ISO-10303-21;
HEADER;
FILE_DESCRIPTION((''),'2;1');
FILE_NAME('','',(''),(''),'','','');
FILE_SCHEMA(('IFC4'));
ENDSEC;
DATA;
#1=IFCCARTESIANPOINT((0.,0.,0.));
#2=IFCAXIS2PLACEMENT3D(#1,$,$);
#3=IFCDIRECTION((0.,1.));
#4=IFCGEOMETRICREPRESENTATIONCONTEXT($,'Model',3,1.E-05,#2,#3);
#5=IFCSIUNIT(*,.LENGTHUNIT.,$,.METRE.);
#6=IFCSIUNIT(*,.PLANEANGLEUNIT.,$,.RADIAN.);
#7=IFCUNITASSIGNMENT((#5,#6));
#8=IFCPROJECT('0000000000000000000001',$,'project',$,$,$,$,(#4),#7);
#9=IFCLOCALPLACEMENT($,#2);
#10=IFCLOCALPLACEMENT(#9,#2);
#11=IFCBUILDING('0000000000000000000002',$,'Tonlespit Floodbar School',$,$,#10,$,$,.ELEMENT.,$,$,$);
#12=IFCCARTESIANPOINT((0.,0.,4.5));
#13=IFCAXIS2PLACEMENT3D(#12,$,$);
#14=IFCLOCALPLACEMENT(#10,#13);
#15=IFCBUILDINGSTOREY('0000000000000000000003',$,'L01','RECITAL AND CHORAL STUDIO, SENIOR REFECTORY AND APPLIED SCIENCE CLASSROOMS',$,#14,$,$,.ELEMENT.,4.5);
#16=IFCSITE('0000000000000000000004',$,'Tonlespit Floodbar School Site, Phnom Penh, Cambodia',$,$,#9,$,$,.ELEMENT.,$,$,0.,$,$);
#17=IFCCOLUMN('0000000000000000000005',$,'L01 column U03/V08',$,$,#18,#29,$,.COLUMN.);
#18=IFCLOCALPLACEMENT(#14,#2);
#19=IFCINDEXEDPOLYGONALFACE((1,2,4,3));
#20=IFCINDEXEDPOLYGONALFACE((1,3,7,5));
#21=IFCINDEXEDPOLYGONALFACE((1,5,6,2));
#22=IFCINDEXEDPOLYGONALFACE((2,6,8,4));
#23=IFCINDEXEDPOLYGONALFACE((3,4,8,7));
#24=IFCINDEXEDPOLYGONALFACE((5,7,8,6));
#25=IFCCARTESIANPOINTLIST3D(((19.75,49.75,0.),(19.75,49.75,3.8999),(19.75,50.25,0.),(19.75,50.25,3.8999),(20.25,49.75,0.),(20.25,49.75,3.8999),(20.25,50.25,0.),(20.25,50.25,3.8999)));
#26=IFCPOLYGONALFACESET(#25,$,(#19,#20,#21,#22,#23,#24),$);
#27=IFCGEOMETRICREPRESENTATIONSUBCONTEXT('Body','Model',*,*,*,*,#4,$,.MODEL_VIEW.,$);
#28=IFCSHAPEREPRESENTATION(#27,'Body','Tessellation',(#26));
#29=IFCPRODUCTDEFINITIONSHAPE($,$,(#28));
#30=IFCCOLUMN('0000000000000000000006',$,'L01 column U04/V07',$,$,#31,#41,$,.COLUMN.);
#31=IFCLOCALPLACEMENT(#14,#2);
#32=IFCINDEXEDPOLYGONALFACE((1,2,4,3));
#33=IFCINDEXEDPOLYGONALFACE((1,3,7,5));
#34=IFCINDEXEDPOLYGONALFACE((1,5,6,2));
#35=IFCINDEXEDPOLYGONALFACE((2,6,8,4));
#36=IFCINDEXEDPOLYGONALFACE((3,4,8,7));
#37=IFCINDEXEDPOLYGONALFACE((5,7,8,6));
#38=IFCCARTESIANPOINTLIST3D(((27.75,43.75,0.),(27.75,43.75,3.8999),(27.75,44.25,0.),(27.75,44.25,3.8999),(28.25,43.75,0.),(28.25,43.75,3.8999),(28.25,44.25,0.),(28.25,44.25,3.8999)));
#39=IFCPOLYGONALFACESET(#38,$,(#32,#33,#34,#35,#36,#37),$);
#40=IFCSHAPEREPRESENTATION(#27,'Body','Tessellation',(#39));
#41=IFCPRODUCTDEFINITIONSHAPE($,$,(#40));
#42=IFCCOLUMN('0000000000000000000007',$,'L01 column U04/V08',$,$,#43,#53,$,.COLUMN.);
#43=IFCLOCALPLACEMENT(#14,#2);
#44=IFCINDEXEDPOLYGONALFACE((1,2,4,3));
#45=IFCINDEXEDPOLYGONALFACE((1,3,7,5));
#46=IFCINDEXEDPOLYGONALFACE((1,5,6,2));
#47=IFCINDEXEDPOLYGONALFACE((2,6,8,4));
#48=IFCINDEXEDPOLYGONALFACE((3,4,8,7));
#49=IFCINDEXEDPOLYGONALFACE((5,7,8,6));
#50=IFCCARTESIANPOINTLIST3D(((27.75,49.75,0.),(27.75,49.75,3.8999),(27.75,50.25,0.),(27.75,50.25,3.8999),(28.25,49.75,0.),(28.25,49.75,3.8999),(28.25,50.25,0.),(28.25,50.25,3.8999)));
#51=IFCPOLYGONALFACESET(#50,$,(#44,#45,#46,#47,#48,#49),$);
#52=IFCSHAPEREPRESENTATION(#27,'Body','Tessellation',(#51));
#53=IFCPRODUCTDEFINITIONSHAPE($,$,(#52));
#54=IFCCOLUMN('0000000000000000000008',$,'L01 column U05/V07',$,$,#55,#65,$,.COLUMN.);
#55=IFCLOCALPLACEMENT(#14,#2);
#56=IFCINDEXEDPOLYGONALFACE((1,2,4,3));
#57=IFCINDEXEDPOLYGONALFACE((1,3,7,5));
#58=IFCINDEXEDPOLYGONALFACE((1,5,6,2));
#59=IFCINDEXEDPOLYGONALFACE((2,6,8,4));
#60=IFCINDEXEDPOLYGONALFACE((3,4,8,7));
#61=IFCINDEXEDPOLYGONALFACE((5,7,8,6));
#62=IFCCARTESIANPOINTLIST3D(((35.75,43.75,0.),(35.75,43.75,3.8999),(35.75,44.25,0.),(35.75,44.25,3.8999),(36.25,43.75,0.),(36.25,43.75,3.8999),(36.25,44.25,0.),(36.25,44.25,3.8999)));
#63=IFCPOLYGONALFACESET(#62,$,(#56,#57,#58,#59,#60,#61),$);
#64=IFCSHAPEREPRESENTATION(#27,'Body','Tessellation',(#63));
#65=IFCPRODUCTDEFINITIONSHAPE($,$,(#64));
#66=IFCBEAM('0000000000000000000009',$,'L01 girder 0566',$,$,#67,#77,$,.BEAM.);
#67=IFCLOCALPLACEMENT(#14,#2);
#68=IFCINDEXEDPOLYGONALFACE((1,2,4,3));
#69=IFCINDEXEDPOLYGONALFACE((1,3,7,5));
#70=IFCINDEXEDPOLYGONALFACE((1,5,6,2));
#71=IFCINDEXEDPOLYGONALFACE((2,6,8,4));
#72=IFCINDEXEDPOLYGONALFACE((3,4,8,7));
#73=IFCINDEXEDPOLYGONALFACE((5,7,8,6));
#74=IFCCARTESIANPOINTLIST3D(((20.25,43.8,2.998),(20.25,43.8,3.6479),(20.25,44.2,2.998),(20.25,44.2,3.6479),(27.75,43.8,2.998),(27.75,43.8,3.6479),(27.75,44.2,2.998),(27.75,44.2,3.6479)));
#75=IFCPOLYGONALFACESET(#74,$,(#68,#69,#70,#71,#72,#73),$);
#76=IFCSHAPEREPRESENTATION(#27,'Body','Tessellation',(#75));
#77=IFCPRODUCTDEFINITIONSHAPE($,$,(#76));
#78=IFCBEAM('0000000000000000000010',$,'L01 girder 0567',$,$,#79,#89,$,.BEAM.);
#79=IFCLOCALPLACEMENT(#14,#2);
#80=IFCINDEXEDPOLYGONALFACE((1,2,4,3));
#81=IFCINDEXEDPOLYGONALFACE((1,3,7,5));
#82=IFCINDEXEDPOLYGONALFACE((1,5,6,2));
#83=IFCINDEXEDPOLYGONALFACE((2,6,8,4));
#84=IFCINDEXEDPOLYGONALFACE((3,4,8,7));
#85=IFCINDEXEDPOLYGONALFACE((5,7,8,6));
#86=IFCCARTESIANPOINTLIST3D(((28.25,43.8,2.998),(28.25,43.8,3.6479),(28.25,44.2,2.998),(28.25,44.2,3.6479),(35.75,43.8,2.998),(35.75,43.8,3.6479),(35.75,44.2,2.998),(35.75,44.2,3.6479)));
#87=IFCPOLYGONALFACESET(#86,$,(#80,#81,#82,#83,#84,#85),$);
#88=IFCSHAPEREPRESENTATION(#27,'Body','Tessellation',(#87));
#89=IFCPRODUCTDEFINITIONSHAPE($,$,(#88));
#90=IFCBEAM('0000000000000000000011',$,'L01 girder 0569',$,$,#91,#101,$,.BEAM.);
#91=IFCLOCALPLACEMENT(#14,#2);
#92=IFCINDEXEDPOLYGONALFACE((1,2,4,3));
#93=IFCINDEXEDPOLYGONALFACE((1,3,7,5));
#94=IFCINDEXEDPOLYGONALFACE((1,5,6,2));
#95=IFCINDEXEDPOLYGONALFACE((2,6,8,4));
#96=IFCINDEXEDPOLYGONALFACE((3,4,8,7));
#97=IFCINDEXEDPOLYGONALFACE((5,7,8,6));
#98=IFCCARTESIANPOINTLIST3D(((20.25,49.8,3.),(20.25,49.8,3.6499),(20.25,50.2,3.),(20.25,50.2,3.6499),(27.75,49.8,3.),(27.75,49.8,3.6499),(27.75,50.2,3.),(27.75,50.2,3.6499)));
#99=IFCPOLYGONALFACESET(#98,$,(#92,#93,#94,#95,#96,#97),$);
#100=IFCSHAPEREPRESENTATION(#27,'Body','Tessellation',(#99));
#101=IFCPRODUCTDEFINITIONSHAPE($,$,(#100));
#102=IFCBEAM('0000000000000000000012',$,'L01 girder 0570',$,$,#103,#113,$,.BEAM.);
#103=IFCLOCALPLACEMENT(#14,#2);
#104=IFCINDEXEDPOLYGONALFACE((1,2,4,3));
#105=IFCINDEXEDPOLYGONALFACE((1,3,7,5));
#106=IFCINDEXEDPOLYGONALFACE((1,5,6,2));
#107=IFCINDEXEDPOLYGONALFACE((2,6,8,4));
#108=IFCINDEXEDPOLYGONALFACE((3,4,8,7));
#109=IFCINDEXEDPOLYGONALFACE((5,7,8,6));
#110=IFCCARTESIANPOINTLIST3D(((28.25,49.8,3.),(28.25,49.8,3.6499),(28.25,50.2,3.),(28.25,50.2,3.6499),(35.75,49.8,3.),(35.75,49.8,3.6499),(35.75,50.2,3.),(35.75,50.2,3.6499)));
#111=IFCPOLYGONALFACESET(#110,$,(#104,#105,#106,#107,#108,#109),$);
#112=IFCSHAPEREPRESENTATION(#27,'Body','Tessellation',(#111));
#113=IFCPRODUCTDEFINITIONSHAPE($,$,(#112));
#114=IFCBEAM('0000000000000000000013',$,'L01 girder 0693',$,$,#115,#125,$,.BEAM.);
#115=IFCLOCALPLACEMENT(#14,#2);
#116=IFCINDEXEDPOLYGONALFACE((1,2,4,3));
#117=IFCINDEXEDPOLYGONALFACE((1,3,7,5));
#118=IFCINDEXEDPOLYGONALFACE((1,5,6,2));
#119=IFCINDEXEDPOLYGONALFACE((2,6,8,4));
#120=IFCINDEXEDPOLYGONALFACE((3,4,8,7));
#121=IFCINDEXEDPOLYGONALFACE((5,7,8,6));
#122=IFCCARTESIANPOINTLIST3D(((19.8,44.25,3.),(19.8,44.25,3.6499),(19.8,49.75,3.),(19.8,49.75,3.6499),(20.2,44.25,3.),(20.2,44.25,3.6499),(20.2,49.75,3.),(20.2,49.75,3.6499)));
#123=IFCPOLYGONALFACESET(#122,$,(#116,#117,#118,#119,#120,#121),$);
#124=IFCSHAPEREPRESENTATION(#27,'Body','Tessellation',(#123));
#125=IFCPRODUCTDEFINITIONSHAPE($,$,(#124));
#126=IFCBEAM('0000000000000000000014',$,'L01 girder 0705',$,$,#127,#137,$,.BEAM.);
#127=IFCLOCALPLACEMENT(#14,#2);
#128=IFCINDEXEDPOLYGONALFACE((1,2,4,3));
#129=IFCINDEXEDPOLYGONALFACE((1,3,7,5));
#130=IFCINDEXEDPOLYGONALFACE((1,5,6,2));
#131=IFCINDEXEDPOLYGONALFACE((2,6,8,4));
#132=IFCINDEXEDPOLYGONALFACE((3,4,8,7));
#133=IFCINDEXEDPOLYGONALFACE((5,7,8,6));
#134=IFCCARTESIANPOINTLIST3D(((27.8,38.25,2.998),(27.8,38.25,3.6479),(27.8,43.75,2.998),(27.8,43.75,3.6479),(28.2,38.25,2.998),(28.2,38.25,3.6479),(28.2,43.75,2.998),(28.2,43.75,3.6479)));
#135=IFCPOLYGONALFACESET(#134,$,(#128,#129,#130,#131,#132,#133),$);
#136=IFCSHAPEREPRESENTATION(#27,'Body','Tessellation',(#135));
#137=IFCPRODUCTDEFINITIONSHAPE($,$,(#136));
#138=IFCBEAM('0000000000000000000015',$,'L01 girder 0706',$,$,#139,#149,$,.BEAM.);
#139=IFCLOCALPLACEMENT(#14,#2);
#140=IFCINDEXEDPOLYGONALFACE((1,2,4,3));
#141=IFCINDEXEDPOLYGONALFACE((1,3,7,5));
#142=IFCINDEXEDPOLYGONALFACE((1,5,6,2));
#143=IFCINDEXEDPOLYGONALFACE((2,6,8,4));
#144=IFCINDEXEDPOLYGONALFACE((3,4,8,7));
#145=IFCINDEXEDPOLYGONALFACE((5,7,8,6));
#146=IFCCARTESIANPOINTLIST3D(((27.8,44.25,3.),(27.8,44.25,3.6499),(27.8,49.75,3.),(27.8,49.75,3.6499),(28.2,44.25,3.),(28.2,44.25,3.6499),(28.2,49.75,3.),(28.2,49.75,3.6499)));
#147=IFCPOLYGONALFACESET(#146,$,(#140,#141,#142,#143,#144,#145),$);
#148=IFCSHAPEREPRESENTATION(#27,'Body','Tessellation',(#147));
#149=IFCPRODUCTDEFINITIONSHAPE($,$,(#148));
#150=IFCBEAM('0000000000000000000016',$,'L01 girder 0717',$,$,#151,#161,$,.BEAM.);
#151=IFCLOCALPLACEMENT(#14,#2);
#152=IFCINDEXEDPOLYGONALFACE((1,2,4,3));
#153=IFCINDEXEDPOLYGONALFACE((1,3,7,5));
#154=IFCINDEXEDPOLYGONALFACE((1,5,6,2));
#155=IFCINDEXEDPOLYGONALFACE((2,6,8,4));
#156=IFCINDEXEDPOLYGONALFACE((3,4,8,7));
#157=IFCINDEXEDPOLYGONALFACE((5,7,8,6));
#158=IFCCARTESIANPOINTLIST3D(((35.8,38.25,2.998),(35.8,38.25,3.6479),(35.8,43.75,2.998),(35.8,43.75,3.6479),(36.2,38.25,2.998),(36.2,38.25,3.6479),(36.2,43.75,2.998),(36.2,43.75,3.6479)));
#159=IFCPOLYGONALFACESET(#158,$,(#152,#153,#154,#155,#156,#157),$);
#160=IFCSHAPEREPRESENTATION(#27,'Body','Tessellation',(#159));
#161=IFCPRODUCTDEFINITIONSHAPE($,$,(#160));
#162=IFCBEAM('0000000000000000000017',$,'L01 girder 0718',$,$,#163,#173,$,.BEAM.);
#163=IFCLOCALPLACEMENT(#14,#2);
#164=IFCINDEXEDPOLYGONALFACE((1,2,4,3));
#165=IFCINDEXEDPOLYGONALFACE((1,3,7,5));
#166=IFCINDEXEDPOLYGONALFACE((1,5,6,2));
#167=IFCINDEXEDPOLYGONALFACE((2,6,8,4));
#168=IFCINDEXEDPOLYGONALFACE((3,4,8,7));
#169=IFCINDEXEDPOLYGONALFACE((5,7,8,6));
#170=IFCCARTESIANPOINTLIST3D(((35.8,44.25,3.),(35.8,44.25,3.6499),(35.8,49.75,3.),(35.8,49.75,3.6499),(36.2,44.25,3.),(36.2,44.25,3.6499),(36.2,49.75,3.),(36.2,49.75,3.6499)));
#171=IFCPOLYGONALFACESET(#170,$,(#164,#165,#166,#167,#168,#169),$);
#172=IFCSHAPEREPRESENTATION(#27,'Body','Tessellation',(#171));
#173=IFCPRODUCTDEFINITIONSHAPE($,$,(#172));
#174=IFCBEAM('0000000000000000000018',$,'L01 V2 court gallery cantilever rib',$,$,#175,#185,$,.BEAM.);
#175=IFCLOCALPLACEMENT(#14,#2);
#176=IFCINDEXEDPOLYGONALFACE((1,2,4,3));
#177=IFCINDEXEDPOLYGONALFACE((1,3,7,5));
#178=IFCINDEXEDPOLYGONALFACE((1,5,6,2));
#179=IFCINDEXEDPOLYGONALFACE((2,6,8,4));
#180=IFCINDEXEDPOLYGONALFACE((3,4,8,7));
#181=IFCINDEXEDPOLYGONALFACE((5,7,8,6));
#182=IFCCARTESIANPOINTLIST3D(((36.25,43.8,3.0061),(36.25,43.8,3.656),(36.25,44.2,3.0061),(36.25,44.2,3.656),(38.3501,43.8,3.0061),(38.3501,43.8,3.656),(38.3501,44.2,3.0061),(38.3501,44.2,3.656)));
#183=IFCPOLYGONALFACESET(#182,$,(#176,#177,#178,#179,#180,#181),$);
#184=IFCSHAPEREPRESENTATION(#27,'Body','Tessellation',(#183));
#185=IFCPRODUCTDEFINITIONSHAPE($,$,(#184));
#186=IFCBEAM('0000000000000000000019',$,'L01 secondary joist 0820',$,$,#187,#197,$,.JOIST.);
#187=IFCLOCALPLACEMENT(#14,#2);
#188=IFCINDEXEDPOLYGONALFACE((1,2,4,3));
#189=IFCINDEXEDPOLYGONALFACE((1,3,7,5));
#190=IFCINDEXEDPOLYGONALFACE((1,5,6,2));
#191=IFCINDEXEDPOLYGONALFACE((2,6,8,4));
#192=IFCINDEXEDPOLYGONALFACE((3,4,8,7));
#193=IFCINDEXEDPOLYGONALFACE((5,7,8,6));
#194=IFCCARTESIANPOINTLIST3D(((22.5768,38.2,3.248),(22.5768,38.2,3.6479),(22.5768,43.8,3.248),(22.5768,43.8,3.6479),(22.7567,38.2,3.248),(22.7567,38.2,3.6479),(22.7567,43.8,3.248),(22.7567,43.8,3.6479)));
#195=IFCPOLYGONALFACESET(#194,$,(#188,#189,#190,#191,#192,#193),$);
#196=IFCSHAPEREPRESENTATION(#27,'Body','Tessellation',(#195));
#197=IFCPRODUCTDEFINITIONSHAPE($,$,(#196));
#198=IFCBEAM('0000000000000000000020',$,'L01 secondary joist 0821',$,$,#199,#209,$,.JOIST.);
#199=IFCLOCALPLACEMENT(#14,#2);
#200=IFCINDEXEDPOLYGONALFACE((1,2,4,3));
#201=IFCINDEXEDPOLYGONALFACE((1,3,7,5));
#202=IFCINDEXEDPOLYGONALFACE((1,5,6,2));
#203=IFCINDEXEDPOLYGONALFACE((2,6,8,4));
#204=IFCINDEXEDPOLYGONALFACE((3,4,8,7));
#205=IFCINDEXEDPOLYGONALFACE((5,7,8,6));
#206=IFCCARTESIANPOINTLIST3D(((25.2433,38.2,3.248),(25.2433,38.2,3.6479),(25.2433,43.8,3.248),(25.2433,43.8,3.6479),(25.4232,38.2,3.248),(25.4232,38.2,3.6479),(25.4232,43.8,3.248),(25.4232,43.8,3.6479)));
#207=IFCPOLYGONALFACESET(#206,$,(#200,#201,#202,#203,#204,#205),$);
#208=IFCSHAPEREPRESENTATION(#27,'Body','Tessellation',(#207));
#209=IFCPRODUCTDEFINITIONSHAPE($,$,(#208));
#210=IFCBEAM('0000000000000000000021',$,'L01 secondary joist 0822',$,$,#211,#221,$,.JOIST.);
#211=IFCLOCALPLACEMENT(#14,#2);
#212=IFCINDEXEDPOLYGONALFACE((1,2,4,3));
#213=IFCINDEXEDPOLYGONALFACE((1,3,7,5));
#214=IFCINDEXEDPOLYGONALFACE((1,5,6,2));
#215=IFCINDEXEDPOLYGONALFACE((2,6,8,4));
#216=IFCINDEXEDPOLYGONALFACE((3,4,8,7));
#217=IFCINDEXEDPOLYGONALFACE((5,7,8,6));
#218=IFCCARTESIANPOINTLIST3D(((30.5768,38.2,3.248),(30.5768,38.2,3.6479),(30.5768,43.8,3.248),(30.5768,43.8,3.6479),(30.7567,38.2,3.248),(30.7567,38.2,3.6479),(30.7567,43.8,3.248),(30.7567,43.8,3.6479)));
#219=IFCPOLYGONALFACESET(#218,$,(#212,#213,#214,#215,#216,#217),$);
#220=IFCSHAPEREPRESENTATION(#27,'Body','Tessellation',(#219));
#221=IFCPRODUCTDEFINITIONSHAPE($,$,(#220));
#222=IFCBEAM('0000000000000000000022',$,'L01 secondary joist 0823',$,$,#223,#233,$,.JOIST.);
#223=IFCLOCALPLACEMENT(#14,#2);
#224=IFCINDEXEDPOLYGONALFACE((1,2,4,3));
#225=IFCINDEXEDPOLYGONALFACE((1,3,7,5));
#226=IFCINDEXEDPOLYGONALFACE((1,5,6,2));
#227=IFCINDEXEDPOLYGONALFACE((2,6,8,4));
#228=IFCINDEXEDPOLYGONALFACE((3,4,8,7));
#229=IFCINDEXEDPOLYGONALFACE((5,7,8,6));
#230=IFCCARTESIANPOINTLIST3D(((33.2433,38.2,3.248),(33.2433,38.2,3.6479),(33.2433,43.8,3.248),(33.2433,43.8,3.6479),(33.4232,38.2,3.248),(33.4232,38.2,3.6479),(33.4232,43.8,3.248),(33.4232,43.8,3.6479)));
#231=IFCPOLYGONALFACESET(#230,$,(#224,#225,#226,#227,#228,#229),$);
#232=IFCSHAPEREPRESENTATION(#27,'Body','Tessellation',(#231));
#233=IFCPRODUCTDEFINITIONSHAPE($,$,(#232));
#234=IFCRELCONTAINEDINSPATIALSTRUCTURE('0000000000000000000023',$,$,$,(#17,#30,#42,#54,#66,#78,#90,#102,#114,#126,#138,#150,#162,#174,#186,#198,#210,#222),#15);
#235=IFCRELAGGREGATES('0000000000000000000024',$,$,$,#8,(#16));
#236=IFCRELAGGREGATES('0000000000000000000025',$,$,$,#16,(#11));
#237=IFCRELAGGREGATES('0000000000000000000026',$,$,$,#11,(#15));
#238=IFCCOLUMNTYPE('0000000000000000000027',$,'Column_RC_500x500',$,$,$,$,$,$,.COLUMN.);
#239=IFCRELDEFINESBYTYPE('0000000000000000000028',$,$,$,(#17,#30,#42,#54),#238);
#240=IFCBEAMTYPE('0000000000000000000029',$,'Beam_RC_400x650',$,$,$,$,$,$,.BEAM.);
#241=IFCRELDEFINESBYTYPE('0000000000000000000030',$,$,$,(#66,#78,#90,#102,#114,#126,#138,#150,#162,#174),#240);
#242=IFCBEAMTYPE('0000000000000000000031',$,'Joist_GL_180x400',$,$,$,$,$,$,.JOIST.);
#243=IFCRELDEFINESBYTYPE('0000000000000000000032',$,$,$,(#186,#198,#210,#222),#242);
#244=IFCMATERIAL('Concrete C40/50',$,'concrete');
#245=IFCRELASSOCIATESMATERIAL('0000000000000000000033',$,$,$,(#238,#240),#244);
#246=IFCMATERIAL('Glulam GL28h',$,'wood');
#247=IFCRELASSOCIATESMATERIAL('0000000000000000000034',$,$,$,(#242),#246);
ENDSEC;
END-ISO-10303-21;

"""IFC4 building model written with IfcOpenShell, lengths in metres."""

from ifc_helpers import new_model, si_unit, direction, frame, origin, origin_2d, place, context, subcontext, project, spatial, rectangle, extrude, material, material_profile, profile_set, type_object, element, save


model = new_model("IFC4")

# Units and contexts
model_context = context("Model", 3, precision=1e-05, world=origin(), true_north=direction((0.0, 1.0)))
body_context = subcontext(model_context, "Body", "Model", "MODEL_VIEW")
ifc_project = project(units=[si_unit("LENGTHUNIT", "METRE"), si_unit("PLANEANGLEUNIT", "RADIAN")], contexts=[model_context])

# Site, building, storey
site_placement = place(None, origin())
site = spatial("IfcSite", under=ifc_project, at=site_placement, Name="Tonlespit Floodbar School Site, Phnom Penh, Cambodia", CompositionType="ELEMENT", RefElevation=0.0)
building_placement = place(site_placement, origin())
building = spatial("IfcBuilding", under=site, at=building_placement, Name="Tonlespit Floodbar School", CompositionType="ELEMENT")
storey_placement = place(building_placement, frame((0.0, 0.0, 4.5)))
storey = spatial("IfcBuildingStorey", under=building, at=storey_placement, Name="L01", Description="RECITAL AND CHORAL STUDIO, SENIOR REFECTORY AND APPLIED SCIENCE CLASSROOMS", CompositionType="ELEMENT", Elevation=4.5)

# Columns
ifc_material_1 = material(Name="Concrete C40/50", Category="concrete")
ifc_material_profile_1 = material_profile(ifc_material_1, rectangle(XDim=0.5, YDim=0.5, at=origin_2d()), Name="RC 500x500")
ifc_profile_set_1 = profile_set([ifc_material_profile_1], Name="Concrete C40/50")
column_type = type_object("IfcColumnType", Name="Column_RC_500x500", PredefinedType="COLUMN", material=ifc_profile_set_1)
for number, where, z_axis, x_axis, name in (
    (1, (20.0, 50.0, 0.0), (0.0, 0.0, 1.0), (1.0, 0.0, 0.0), "L01 column U03/V08"),
    (2, (28.0, 44.0, 0.0), (0.0, 0.0, 1.0), (1.0, 0.0, 0.0), "L01 column U04/V07"),
    (3, (28.0, 50.0, 0.0), (0.0, 0.0, 1.0), (1.0, 0.0, 0.0), "L01 column U04/V08"),
    (4, (36.0, 44.0, 0.0), (0.0, 0.0, 1.0), (1.0, 0.0, 0.0), "L01 column U05/V07"),
):
    element("IfcColumn", number, at=place(storey_placement, frame(where, z_axis=z_axis, x_axis=x_axis)), inside=storey, type_object=column_type, Name=name, PredefinedType="COLUMN", context=body_context, shape_type="SweptSolid", body=[
        extrude(rectangle(XDim=0.5, YDim=0.5, at=origin_2d()), origin(), (0.0, 0.0, 1.0), 3.8999),
    ])

# Beams
ifc_material_profile_2 = material_profile(ifc_material_1, rectangle(XDim=0.3999, YDim=0.6499, at=origin_2d()), Name="RC 400x650")
ifc_profile_set_2 = profile_set([ifc_material_profile_2], Name="Concrete C40/50")
beam_type_1 = type_object("IfcBeamType", Name="Beam_RC_400x650", PredefinedType="BEAM", material=ifc_profile_set_2)
for number, where, z_axis, x_axis, name in (
    (5, (20.25, 44.0, 3.323), (1.0, 0.0, 0.0), (0.0, 1.0, 0.0), "L01 girder 0566"),
    (6, (28.25, 44.0, 3.323), (1.0, 0.0, 0.0), (0.0, 1.0, 0.0), "L01 girder 0567"),
    (7, (20.25, 50.0, 3.325), (1.0, 0.0, 0.0), (0.0, 1.0, 0.0), "L01 girder 0569"),
    (8, (28.25, 50.0, 3.325), (1.0, 0.0, 0.0), (0.0, 1.0, 0.0), "L01 girder 0570"),
):
    element("IfcBeam", number, at=place(storey_placement, frame(where, z_axis=z_axis, x_axis=x_axis)), inside=storey, type_object=beam_type_1, Name=name, PredefinedType="BEAM", context=body_context, shape_type="SweptSolid", body=[
        extrude(rectangle(XDim=0.3999, YDim=0.6499, at=origin_2d()), origin(), (0.0, 0.0, 1.0), 7.5),
    ])
for number, where, z_axis, x_axis, name in (
    (9, (20.0, 44.25, 3.325), (0.0, 1.0, 0.0), (-1.0, 0.0, 0.0), "L01 girder 0693"),
    (10, (28.0, 38.25, 3.323), (0.0, 1.0, 0.0), (-1.0, 0.0, 0.0), "L01 girder 0705"),
    (11, (28.0, 44.25, 3.325), (0.0, 1.0, 0.0), (-1.0, 0.0, 0.0), "L01 girder 0706"),
    (12, (36.0, 38.25, 3.323), (0.0, 1.0, 0.0), (-1.0, 0.0, 0.0), "L01 girder 0717"),
    (13, (36.0, 44.25, 3.325), (0.0, 1.0, 0.0), (-1.0, 0.0, 0.0), "L01 girder 0718"),
):
    element("IfcBeam", number, at=place(storey_placement, frame(where, z_axis=z_axis, x_axis=x_axis)), inside=storey, type_object=beam_type_1, Name=name, PredefinedType="BEAM", context=body_context, shape_type="SweptSolid", body=[
        extrude(rectangle(XDim=0.3999, YDim=0.6499, at=origin_2d()), origin(), (0.0, 0.0, 1.0), 5.5),
    ])
beam_placement = place(storey_placement, frame((36.25, 44.0, 3.3311), z_axis=(1.0, 0.0, 0.0), x_axis=(0.0, 1.0, 0.0)))
element("IfcBeam", 14, at=beam_placement, inside=storey, type_object=beam_type_1, Name="L01 V2 court gallery cantilever rib", PredefinedType="BEAM", context=body_context, shape_type="SweptSolid", body=[
    extrude(rectangle(XDim=0.3999, YDim=0.6499, at=origin_2d()), origin(), (0.0, 0.0, 1.0), 2.1001),
])
ifc_material_2 = material(Name="Glulam GL28h", Category="wood")
ifc_material_profile_3 = material_profile(ifc_material_2, rectangle(XDim=0.1799, YDim=0.3999, at=origin_2d()), Name="GL 180x400")
ifc_profile_set_3 = profile_set([ifc_material_profile_3], Name="Glulam GL28h")
beam_type_2 = type_object("IfcBeamType", Name="Joist_GL_180x400", PredefinedType="JOIST", material=ifc_profile_set_3)
for number, where, z_axis, x_axis, name in (
    (15, (22.6667, 38.2, 3.448), (0.0, 1.0, 0.0), (-1.0, 0.0, 0.0), "L01 secondary joist 0820"),
    (16, (25.3333, 38.2, 3.448), (0.0, 1.0, 0.0), (-1.0, 0.0, 0.0), "L01 secondary joist 0821"),
    (17, (30.6667, 38.2, 3.448), (0.0, 1.0, 0.0), (-1.0, 0.0, 0.0), "L01 secondary joist 0822"),
    (18, (33.3333, 38.2, 3.448), (0.0, 1.0, 0.0), (-1.0, 0.0, 0.0), "L01 secondary joist 0823"),
):
    element("IfcBeam", number, at=place(storey_placement, frame(where, z_axis=z_axis, x_axis=x_axis)), inside=storey, type_object=beam_type_2, Name=name, PredefinedType="JOIST", context=body_context, shape_type="SweptSolid", body=[
        extrude(rectangle(XDim=0.1799, YDim=0.3999, at=origin_2d()), origin(), (0.0, 0.0, 1.0), 5.6001),
    ])

save(model, "model.ifc")
